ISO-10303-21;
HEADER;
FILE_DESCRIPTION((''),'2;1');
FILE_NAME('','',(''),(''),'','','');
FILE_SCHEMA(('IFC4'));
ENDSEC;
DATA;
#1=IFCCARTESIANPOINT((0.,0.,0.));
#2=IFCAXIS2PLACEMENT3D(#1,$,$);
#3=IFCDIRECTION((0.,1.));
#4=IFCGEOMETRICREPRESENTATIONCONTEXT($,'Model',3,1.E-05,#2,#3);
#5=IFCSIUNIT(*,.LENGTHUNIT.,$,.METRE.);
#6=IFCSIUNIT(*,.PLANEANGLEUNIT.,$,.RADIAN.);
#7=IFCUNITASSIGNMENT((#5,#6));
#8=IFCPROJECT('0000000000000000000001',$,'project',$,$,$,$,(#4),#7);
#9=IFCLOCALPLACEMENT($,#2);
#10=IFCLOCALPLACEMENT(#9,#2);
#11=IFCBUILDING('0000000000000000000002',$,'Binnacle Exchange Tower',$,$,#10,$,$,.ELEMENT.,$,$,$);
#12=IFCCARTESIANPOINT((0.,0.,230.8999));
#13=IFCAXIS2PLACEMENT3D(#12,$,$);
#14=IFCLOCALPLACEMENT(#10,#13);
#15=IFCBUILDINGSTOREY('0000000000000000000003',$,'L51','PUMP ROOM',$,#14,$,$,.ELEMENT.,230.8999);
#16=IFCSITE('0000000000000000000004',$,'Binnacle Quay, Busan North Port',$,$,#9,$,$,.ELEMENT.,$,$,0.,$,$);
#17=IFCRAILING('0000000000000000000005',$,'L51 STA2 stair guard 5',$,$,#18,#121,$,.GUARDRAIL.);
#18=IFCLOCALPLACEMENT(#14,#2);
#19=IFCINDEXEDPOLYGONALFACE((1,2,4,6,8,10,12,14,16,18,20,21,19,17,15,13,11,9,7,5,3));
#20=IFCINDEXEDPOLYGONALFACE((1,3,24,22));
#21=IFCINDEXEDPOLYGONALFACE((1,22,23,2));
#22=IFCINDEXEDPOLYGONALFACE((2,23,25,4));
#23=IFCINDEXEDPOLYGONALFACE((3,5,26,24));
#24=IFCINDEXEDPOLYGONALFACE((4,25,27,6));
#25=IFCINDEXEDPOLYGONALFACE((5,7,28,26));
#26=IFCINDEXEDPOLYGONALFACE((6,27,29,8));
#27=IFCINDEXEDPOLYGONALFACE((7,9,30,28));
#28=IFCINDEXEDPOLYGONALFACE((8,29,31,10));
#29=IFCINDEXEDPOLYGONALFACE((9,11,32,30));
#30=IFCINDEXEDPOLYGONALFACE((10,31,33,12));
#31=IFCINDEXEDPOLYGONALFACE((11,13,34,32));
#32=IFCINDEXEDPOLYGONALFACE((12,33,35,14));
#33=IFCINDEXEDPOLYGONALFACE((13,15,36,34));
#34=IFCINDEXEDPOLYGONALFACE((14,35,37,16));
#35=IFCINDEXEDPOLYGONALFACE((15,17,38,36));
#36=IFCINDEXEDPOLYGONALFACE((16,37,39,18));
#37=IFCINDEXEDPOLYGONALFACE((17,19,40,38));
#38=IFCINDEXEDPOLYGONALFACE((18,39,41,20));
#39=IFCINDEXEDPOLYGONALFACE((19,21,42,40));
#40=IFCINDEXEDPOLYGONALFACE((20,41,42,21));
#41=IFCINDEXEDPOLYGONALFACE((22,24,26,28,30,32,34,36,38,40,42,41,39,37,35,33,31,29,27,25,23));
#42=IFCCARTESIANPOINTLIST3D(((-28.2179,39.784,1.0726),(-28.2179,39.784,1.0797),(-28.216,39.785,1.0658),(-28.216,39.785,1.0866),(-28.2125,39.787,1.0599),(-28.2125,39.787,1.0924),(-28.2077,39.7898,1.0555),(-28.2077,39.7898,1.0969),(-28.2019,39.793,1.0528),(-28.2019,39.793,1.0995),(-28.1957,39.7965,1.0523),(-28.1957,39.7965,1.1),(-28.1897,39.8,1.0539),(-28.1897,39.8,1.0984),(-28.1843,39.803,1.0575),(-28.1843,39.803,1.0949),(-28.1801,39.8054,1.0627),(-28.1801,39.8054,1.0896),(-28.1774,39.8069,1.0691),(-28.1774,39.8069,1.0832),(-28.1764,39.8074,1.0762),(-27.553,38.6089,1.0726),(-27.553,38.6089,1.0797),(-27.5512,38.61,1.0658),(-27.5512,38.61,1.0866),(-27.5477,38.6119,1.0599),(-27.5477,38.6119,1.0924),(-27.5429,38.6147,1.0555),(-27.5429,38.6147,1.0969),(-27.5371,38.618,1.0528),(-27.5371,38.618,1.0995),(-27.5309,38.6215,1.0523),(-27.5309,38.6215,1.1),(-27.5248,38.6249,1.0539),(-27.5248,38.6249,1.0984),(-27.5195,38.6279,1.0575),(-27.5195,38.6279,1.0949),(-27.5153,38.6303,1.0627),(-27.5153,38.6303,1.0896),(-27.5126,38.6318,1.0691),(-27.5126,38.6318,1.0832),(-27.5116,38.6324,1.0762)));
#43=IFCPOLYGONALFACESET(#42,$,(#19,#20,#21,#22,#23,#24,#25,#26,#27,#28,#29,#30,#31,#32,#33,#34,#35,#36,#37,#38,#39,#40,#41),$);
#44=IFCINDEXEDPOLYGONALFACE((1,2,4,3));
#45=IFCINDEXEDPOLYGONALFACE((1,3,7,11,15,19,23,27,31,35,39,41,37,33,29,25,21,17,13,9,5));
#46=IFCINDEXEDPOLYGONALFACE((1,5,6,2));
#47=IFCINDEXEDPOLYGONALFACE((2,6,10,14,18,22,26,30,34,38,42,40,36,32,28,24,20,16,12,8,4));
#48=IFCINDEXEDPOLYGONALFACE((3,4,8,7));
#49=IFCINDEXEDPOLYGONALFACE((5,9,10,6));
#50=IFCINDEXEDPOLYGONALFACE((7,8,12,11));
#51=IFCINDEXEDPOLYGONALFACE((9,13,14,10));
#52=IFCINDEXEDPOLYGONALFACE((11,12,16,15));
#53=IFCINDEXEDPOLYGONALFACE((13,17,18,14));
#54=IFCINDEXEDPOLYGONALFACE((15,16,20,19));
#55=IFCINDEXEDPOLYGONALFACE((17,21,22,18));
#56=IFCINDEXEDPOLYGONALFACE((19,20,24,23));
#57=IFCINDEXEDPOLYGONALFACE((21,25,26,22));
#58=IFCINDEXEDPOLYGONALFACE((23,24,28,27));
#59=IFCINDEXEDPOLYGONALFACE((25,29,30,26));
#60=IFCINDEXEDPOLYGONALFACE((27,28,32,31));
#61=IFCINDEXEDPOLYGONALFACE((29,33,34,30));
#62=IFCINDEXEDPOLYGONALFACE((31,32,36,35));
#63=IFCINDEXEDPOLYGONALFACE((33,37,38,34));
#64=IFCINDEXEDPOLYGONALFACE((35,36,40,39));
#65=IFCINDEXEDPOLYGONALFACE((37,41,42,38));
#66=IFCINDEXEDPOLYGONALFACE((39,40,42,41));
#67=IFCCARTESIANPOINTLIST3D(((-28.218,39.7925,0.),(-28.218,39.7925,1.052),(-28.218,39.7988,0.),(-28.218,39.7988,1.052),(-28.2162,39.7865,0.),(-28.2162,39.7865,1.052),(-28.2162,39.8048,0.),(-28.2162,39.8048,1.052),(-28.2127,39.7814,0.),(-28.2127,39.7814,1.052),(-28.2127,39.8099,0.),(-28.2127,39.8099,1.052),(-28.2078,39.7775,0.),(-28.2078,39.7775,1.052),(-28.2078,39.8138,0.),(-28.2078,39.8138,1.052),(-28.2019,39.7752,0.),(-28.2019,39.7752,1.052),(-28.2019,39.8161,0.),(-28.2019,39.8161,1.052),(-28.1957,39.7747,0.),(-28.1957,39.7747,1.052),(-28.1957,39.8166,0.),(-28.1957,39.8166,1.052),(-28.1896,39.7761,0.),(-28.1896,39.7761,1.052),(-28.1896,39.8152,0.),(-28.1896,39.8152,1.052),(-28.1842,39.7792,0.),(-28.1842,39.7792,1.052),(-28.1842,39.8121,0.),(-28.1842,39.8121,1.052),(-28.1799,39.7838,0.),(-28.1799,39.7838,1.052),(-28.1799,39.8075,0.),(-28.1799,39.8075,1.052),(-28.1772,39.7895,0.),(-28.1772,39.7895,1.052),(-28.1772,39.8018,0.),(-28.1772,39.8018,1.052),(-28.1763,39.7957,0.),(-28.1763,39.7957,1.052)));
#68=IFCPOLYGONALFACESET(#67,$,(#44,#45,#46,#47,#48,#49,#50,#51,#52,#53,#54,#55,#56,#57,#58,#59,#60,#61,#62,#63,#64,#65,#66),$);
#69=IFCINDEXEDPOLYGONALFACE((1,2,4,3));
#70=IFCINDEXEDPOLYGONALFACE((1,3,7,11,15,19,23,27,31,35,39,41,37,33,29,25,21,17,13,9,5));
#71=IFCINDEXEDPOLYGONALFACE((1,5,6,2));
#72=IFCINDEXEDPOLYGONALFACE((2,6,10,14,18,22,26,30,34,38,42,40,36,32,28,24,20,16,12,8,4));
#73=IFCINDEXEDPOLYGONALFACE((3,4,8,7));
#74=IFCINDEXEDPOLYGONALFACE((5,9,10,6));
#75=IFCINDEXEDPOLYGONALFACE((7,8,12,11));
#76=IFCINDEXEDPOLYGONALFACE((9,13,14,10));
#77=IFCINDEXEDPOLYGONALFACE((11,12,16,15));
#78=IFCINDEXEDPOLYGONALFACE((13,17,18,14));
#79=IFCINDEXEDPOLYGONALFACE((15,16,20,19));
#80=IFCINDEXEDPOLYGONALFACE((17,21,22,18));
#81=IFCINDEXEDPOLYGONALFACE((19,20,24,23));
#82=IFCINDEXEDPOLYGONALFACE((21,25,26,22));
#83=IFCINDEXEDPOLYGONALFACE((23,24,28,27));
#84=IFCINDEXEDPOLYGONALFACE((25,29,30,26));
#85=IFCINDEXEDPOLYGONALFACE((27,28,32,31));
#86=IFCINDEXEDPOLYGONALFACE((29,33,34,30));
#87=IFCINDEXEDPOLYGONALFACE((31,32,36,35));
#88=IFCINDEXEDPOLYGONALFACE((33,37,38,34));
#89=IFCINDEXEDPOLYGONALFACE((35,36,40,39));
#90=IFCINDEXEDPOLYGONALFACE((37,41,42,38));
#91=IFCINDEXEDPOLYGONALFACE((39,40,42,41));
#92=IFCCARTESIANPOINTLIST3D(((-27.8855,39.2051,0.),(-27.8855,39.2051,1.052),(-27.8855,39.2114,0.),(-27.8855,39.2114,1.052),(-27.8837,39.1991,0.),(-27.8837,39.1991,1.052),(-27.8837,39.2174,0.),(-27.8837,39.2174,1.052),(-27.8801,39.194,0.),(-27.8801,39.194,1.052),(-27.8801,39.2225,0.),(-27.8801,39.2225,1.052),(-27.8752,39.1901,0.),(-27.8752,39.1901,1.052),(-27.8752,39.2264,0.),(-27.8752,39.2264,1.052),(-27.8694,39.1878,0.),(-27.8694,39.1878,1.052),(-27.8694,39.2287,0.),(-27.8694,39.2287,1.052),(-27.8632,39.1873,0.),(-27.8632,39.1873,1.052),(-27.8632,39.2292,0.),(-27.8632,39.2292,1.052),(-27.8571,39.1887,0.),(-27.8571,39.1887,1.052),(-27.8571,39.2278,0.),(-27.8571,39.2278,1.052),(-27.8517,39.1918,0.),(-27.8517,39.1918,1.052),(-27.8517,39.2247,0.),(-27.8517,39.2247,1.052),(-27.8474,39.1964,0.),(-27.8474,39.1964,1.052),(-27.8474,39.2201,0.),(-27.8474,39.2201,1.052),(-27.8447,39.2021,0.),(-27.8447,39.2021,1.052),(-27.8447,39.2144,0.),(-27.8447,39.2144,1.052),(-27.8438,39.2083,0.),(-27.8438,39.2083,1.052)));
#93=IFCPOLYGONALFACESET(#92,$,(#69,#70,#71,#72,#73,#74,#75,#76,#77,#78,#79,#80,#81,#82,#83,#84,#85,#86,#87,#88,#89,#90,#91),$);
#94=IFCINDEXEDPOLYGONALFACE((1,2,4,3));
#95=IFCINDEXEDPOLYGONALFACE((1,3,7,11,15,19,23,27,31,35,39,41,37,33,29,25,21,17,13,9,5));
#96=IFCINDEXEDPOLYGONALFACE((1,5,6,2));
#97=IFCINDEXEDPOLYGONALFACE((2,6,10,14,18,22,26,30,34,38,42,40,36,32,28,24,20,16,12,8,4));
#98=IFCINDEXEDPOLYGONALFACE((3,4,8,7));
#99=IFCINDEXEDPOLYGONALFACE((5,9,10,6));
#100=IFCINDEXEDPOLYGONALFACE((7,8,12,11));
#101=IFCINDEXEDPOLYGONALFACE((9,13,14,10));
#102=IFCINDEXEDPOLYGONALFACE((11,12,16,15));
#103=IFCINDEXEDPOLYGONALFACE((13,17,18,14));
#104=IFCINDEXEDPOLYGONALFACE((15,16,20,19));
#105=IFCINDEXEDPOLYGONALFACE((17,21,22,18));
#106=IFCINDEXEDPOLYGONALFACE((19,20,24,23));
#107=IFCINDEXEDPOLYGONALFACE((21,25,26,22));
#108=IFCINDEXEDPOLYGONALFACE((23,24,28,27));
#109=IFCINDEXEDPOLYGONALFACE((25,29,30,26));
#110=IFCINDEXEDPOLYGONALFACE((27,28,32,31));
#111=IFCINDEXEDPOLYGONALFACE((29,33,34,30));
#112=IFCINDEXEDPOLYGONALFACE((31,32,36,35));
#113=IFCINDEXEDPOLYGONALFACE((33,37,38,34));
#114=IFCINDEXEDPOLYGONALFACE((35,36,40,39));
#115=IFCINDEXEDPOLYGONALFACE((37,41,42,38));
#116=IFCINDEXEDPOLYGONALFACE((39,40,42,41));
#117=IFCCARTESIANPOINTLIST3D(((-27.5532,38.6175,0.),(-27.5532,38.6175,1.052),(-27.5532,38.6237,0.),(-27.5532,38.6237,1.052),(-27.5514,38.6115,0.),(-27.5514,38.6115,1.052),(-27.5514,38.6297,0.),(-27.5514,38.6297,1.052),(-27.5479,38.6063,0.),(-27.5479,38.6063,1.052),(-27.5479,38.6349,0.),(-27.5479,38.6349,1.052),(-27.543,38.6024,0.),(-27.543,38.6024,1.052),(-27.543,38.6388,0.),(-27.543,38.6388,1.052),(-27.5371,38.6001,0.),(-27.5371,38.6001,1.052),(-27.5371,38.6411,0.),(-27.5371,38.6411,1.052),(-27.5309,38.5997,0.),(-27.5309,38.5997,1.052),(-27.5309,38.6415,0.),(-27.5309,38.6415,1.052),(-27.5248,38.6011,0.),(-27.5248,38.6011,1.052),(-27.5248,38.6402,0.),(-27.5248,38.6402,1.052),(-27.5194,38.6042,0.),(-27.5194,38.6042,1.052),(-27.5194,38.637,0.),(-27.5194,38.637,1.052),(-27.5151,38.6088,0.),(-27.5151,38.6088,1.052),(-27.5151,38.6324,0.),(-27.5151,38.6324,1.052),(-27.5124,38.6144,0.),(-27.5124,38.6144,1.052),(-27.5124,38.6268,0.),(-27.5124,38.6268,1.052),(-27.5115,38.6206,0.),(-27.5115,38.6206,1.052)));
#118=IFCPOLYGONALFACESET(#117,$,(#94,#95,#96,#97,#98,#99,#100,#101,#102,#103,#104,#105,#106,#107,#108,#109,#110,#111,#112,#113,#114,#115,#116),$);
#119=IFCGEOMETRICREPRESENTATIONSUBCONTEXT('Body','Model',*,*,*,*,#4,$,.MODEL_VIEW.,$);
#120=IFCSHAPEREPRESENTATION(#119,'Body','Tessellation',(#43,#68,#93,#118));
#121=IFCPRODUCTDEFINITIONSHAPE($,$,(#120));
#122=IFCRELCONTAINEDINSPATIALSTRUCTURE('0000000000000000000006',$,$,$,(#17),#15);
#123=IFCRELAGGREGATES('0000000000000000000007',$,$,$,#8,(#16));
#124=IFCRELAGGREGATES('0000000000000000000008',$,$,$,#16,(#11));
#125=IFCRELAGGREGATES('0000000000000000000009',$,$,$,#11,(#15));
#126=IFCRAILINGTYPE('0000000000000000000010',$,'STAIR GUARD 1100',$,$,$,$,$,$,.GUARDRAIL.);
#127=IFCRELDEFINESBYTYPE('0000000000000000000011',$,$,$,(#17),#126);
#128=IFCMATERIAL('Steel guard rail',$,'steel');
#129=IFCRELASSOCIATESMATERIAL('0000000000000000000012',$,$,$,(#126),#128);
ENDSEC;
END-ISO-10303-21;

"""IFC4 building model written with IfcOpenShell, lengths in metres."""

from ifc_helpers import new_model, si_unit, direction, frame, origin, origin_2d, place, context, subcontext, project, spatial, circle, extrude, material, type_object, element, save


model = new_model("IFC4")

# Units and contexts
model_context = context("Model", 3, precision=1e-05, world=origin(), true_north=direction((0.0, 1.0)))
body_context = subcontext(model_context, "Body", "Model", "MODEL_VIEW")
ifc_project = project(units=[si_unit("LENGTHUNIT", "METRE"), si_unit("PLANEANGLEUNIT", "RADIAN")], contexts=[model_context])

# Site, building, storey
site_placement = place(None, origin())
site = spatial("IfcSite", under=ifc_project, at=site_placement, Name="Binnacle Quay, Busan North Port", CompositionType="ELEMENT", RefElevation=0.0)
building_placement = place(site_placement, origin())
building = spatial("IfcBuilding", under=site, at=building_placement, Name="Binnacle Exchange Tower", CompositionType="ELEMENT")
storey_placement = place(building_placement, frame((0.0, 0.0, 230.8999)))
storey = spatial("IfcBuildingStorey", under=building, at=storey_placement, Name="L51", Description="PUMP ROOM", CompositionType="ELEMENT", Elevation=230.8999)

# Railing
ifc_material_1 = material(Name="Steel guard rail", Category="steel")
railing_type_1 = type_object("IfcRailingType", Name="STAIR GUARD 1100", PredefinedType="GUARDRAIL", material=ifc_material_1)
railing_1_placement = place(storey_placement, frame((-28.1973, 39.7957, 0.0)))
element("IfcRailing", 1, at=railing_1_placement, inside=storey, type_object=railing_type_1, Name="L51 STA2 stair guard 5", PredefinedType="GUARDRAIL", context=body_context, shape_type="SweptSolid", body=[
    extrude(circle(Radius=0.0239, at=origin_2d()), frame((0.0, 0.0, 1.0762), z_axis=(0.492415, -0.870361, 0.0), x_axis=(0.870361, 0.492415, 0.0)), (0.0, 0.0, 1.0), 1.3501),
    extrude(circle(Radius=0.021, at=origin_2d()), origin(), (0.0, 0.0, 1.0), 1.052),
    extrude(circle(Radius=0.021, at=origin_2d()), frame((0.3325, -0.5874, 0.0)), (0.0, 0.0, 1.0), 1.052),
    extrude(circle(Radius=0.021, at=origin_2d()), frame((0.6648, -1.175, 0.0)), (0.0, 0.0, 1.0), 1.052),
])

save(model, "model.ifc")
